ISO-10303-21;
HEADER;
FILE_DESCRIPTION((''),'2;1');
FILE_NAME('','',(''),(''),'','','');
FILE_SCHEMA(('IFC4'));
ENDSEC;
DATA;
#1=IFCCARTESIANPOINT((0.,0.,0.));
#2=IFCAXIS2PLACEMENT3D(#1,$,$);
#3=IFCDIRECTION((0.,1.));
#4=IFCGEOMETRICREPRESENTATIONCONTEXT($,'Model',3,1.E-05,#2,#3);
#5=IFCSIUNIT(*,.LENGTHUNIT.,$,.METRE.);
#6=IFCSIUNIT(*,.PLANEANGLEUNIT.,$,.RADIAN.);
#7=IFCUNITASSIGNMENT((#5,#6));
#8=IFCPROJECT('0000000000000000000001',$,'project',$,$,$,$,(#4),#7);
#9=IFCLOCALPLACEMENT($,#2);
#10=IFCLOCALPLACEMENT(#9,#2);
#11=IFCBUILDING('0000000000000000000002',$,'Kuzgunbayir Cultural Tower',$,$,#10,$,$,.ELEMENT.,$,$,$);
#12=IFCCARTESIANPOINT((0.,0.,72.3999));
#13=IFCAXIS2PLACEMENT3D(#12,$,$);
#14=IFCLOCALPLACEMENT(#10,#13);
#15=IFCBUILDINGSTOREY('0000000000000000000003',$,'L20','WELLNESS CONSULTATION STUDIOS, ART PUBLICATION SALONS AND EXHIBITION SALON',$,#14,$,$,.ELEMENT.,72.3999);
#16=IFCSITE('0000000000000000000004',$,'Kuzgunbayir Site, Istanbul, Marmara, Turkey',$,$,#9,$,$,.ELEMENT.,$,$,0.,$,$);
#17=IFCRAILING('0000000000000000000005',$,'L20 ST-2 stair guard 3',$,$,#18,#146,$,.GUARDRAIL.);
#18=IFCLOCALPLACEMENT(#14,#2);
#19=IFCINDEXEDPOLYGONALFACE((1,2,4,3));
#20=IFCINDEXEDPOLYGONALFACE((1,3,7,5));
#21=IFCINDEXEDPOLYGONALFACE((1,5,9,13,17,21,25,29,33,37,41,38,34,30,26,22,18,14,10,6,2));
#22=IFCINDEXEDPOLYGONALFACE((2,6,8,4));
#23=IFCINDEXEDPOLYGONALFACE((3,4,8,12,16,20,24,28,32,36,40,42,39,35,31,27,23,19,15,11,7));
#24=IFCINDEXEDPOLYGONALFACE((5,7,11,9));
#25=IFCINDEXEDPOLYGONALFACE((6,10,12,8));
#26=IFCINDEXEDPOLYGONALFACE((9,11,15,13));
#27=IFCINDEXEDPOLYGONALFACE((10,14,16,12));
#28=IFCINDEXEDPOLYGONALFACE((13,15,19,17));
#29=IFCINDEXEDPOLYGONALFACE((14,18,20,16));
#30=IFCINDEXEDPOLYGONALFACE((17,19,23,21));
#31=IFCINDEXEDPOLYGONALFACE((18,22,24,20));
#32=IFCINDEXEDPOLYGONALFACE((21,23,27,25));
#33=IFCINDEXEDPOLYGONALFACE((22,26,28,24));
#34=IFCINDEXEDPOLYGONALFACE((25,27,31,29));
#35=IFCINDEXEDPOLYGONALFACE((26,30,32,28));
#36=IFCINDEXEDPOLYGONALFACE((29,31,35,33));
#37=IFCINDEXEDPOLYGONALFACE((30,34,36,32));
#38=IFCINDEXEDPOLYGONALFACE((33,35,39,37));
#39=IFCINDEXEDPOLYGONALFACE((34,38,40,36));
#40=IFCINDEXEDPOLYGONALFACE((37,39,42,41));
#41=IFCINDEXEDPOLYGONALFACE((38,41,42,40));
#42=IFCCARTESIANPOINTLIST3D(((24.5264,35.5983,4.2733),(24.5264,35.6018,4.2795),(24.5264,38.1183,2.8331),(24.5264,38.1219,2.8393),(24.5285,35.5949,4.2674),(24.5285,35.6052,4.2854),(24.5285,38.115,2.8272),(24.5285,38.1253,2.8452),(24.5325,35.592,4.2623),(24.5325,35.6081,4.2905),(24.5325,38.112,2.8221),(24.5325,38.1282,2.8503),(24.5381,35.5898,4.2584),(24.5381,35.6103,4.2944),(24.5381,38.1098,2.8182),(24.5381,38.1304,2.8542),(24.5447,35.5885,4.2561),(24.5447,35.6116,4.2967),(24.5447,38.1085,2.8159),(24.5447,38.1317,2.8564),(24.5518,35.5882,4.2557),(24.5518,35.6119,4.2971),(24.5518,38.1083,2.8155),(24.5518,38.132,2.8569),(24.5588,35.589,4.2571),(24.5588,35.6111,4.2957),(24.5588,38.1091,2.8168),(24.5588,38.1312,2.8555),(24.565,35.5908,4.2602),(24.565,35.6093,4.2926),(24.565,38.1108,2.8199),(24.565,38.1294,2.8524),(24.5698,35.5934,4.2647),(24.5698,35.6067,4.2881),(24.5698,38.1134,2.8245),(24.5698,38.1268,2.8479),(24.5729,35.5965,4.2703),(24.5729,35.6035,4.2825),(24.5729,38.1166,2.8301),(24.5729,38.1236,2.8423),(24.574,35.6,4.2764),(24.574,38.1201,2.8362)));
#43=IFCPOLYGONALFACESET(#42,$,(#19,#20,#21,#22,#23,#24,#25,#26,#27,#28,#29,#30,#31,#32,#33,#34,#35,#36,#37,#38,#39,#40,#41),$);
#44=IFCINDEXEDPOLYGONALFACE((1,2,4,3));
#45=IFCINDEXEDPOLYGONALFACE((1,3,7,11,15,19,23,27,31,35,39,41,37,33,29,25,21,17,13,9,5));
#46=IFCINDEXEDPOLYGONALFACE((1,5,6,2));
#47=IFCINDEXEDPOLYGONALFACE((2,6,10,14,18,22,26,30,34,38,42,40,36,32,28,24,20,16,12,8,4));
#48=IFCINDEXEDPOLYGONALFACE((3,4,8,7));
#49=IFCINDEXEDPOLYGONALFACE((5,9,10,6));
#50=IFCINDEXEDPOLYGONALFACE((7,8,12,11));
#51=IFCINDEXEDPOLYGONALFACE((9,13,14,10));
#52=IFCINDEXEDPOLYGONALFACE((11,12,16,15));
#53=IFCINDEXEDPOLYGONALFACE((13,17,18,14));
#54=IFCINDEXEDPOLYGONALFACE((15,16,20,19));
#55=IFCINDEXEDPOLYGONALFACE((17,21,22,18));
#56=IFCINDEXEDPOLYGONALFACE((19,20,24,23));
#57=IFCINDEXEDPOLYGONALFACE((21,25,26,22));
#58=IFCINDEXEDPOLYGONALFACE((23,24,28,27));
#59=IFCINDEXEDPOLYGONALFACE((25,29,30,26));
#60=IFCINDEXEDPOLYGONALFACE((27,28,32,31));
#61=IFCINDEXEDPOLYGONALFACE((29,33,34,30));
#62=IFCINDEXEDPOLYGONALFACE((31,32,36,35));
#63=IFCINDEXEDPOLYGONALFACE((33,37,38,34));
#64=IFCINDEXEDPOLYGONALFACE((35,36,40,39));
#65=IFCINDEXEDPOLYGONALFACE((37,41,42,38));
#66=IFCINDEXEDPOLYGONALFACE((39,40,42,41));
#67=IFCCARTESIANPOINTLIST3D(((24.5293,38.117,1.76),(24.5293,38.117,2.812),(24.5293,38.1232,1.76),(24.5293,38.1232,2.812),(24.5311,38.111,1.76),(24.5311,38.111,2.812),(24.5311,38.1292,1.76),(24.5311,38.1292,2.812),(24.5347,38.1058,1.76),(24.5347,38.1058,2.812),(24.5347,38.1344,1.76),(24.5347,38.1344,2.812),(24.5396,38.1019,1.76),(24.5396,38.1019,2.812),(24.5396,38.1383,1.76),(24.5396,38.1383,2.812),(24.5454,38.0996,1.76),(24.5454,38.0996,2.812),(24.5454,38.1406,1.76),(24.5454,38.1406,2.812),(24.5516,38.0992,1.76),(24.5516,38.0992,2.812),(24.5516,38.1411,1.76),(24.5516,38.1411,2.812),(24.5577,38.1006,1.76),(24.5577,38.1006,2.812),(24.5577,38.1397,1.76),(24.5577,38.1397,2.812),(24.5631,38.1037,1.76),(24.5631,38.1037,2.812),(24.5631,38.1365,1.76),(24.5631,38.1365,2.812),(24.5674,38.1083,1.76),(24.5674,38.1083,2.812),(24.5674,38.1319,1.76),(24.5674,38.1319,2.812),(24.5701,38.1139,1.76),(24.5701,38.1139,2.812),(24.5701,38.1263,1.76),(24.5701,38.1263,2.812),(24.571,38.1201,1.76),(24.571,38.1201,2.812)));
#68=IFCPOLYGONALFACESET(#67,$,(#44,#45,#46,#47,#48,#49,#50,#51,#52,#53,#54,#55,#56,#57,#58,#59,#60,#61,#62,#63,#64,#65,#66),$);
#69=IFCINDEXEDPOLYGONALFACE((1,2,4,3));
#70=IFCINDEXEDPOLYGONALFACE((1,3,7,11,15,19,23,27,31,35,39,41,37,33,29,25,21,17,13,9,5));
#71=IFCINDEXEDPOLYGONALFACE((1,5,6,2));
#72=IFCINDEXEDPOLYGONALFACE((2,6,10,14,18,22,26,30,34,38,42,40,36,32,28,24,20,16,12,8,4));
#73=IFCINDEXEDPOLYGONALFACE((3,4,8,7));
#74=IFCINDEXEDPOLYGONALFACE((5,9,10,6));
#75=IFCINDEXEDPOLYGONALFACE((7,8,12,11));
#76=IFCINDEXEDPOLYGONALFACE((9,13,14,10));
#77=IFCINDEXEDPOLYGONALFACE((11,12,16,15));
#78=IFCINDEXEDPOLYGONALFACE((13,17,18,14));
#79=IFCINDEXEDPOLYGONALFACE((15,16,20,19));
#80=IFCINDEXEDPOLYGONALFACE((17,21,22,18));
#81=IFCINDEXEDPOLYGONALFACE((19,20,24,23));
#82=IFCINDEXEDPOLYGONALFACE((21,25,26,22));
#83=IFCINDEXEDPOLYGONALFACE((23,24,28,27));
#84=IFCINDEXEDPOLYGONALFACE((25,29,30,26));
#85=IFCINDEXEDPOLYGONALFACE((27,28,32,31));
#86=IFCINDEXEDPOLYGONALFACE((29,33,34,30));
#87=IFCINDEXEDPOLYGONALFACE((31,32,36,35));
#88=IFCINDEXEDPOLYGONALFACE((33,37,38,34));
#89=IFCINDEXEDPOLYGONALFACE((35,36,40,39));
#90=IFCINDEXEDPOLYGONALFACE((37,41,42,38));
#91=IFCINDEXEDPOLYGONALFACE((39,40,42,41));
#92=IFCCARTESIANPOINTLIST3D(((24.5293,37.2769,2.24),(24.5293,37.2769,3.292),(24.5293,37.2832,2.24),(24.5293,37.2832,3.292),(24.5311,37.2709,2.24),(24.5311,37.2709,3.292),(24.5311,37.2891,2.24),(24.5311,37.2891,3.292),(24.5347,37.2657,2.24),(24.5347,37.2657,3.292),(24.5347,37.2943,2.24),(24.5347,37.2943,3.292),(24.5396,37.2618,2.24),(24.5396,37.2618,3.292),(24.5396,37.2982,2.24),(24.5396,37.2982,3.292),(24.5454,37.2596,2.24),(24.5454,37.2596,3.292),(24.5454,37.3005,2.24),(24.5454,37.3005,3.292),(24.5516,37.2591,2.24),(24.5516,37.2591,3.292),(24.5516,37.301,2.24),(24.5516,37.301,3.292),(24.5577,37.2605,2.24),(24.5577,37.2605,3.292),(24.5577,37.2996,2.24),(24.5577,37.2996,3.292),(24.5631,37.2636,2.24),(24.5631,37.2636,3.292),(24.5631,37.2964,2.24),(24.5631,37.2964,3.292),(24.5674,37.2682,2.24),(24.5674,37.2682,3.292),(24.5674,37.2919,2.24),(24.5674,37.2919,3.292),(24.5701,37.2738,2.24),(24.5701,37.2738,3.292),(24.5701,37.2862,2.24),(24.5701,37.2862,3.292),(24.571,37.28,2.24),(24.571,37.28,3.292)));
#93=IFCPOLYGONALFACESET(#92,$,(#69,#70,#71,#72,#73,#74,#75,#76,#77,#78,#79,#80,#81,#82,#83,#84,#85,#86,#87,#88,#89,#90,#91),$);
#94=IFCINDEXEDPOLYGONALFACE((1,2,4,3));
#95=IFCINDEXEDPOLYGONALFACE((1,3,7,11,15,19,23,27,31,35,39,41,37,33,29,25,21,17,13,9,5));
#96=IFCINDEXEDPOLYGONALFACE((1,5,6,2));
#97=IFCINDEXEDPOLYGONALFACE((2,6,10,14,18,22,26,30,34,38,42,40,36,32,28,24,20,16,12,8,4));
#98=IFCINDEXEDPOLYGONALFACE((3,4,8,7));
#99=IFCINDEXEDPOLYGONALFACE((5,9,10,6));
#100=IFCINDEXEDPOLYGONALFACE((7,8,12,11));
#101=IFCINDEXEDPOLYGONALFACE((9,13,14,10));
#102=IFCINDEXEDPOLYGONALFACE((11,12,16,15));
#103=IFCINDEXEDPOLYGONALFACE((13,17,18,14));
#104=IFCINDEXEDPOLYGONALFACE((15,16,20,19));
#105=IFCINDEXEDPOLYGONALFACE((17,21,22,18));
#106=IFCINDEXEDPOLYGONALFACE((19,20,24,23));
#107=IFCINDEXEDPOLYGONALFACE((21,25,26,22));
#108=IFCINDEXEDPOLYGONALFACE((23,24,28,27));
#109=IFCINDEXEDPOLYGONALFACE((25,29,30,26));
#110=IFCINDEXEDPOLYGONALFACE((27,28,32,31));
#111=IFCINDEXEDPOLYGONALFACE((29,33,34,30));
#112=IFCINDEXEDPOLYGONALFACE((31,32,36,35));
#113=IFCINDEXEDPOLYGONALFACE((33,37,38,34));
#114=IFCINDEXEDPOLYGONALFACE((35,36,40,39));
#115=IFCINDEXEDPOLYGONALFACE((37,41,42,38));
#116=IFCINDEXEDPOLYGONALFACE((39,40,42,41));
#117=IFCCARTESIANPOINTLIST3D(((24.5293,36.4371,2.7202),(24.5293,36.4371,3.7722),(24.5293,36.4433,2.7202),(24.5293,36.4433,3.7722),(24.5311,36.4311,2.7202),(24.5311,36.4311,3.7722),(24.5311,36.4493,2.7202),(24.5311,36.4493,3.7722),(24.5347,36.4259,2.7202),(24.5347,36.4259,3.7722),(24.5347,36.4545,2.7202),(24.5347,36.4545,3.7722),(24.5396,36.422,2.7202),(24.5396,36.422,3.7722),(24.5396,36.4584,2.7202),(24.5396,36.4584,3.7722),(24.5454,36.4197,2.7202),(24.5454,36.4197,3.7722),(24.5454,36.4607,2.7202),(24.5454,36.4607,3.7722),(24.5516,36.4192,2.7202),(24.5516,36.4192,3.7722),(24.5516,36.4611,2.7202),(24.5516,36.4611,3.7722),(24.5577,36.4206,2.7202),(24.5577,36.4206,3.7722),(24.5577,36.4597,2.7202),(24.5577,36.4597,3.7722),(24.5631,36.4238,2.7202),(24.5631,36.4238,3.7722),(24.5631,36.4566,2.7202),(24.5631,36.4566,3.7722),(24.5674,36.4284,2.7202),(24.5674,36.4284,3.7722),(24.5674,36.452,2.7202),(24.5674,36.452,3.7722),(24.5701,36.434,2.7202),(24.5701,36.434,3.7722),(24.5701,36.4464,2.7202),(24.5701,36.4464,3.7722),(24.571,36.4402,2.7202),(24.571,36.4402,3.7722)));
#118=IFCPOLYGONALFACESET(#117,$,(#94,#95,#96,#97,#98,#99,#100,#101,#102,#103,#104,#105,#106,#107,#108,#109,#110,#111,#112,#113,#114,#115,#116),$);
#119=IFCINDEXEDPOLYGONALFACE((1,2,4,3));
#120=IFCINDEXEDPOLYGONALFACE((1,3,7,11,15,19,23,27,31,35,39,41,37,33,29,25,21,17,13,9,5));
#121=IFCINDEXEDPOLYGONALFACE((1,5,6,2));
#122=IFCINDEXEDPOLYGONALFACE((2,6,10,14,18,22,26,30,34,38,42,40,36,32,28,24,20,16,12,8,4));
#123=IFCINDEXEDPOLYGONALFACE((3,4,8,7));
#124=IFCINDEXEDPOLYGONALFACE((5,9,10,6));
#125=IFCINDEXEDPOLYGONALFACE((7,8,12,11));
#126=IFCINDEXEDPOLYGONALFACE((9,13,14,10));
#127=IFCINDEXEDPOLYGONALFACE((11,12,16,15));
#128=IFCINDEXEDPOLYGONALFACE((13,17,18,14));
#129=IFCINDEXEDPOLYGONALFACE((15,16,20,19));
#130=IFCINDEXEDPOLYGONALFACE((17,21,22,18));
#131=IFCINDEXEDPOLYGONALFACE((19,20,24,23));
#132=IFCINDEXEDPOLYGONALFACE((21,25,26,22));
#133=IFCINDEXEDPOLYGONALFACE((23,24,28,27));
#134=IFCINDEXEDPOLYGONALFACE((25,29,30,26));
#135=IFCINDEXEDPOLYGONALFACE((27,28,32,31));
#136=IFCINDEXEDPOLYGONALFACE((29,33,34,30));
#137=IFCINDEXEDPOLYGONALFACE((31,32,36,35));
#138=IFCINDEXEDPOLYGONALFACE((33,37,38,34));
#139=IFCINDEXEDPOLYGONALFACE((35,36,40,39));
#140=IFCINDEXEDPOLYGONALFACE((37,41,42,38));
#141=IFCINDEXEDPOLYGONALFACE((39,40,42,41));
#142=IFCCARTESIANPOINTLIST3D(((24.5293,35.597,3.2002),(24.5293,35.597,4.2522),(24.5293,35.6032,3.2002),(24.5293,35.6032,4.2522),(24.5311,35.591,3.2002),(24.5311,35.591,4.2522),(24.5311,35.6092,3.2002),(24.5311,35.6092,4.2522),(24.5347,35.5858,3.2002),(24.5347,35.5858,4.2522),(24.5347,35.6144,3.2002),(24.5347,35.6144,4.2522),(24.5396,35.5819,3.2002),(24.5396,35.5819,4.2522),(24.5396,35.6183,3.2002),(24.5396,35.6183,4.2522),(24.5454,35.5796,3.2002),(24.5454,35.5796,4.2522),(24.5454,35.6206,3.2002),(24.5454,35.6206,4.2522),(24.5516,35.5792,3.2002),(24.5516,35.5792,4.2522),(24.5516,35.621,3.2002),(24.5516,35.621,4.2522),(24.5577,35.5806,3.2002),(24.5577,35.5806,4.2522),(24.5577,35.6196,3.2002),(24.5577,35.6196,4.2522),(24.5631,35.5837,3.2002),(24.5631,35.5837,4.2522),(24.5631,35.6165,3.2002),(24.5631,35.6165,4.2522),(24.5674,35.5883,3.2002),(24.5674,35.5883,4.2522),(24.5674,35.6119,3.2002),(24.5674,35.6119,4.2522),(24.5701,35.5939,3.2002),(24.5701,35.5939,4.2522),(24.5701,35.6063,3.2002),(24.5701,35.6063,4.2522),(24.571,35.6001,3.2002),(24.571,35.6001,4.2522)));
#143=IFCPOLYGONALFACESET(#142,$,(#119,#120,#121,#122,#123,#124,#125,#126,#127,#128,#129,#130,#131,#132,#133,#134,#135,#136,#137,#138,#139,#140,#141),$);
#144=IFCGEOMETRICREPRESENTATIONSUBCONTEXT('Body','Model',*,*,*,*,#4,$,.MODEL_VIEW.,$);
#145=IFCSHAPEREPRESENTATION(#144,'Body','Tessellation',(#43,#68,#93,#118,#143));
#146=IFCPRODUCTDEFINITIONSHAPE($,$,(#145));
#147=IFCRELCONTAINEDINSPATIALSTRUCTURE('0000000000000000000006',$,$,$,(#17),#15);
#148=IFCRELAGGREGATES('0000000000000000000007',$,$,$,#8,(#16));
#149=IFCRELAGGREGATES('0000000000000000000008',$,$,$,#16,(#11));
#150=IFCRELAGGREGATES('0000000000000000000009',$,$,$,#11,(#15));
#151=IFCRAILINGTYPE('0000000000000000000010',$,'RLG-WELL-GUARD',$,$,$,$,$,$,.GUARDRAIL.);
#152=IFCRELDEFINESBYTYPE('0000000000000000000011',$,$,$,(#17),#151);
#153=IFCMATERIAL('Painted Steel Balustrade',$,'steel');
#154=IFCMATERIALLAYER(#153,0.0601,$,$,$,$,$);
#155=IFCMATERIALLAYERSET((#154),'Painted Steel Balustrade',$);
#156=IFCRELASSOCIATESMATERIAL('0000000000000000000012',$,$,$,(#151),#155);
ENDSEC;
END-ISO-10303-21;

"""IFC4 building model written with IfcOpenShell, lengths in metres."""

from ifc_helpers import new_model, si_unit, direction, frame, origin, origin_2d, place, context, subcontext, project, spatial, circle, extrude, material, layer, layer_set, type_object, element, save


model = new_model("IFC4")

# Units and contexts
model_context = context("Model", 3, precision=1e-05, world=origin(), true_north=direction((0.0, 1.0)))
body_context = subcontext(model_context, "Body", "Model", "MODEL_VIEW")
ifc_project = project(units=[si_unit("LENGTHUNIT", "METRE"), si_unit("PLANEANGLEUNIT", "RADIAN")], contexts=[model_context])

# Site, building, storey
site_placement = place(None, origin())
site = spatial("IfcSite", under=ifc_project, at=site_placement, Name="Kuzgunbayir Site, Istanbul, Marmara, Turkey", CompositionType="ELEMENT", RefElevation=0.0)
building_placement = place(site_placement, origin())
building = spatial("IfcBuilding", under=site, at=building_placement, Name="Kuzgunbayir Cultural Tower", CompositionType="ELEMENT")
storey_placement = place(building_placement, frame((0.0, 0.0, 72.3999)))
storey = spatial("IfcBuildingStorey", under=building, at=storey_placement, Name="L20", Description="WELLNESS CONSULTATION STUDIOS, ART PUBLICATION SALONS AND EXHIBITION SALON", CompositionType="ELEMENT", Elevation=72.3999)

# Railing
ifc_material_1 = material(Name="Painted Steel Balustrade", Category="steel")
ifc_layer_1 = layer(ifc_material_1, 0.0601)
ifc_layer_set_1 = layer_set([ifc_layer_1], Name="Painted Steel Balustrade")
railing_type_1 = type_object("IfcRailingType", Name="RLG-WELL-GUARD", PredefinedType="GUARDRAIL", material=ifc_layer_set_1)
railing_1_placement = place(storey_placement, frame((24.55, 38.1201, 1.76)))
element("IfcRailing", 1, at=railing_1_placement, inside=storey, type_object=railing_type_1, Name="L20 ST-2 stair guard 3", PredefinedType="GUARDRAIL", context=body_context, shape_type="SweptSolid", body=[
    extrude(circle(Radius=0.0239, at=origin_2d()), frame((0.0, 0.0, 1.0762), z_axis=(0.0, -0.868217, 0.496184), x_axis=(1.0, 0.0, 0.0)), (0.0, 0.0, 1.0), 2.9026),
    extrude(circle(Radius=0.021, at=origin_2d()), origin(), (0.0, 0.0, 1.0), 1.052),
    extrude(circle(Radius=0.021, at=origin_2d()), frame((0.0, -0.8401, 0.48)), (0.0, 0.0, 1.0), 1.052),
    extrude(circle(Radius=0.021, at=origin_2d()), frame((0.0, -1.6799, 0.9602)), (0.0, 0.0, 1.0), 1.052),
    extrude(circle(Radius=0.021, at=origin_2d()), frame((0.0, -2.52, 1.4402)), (0.0, 0.0, 1.0), 1.052),
])

save(model, "model.ifc")
